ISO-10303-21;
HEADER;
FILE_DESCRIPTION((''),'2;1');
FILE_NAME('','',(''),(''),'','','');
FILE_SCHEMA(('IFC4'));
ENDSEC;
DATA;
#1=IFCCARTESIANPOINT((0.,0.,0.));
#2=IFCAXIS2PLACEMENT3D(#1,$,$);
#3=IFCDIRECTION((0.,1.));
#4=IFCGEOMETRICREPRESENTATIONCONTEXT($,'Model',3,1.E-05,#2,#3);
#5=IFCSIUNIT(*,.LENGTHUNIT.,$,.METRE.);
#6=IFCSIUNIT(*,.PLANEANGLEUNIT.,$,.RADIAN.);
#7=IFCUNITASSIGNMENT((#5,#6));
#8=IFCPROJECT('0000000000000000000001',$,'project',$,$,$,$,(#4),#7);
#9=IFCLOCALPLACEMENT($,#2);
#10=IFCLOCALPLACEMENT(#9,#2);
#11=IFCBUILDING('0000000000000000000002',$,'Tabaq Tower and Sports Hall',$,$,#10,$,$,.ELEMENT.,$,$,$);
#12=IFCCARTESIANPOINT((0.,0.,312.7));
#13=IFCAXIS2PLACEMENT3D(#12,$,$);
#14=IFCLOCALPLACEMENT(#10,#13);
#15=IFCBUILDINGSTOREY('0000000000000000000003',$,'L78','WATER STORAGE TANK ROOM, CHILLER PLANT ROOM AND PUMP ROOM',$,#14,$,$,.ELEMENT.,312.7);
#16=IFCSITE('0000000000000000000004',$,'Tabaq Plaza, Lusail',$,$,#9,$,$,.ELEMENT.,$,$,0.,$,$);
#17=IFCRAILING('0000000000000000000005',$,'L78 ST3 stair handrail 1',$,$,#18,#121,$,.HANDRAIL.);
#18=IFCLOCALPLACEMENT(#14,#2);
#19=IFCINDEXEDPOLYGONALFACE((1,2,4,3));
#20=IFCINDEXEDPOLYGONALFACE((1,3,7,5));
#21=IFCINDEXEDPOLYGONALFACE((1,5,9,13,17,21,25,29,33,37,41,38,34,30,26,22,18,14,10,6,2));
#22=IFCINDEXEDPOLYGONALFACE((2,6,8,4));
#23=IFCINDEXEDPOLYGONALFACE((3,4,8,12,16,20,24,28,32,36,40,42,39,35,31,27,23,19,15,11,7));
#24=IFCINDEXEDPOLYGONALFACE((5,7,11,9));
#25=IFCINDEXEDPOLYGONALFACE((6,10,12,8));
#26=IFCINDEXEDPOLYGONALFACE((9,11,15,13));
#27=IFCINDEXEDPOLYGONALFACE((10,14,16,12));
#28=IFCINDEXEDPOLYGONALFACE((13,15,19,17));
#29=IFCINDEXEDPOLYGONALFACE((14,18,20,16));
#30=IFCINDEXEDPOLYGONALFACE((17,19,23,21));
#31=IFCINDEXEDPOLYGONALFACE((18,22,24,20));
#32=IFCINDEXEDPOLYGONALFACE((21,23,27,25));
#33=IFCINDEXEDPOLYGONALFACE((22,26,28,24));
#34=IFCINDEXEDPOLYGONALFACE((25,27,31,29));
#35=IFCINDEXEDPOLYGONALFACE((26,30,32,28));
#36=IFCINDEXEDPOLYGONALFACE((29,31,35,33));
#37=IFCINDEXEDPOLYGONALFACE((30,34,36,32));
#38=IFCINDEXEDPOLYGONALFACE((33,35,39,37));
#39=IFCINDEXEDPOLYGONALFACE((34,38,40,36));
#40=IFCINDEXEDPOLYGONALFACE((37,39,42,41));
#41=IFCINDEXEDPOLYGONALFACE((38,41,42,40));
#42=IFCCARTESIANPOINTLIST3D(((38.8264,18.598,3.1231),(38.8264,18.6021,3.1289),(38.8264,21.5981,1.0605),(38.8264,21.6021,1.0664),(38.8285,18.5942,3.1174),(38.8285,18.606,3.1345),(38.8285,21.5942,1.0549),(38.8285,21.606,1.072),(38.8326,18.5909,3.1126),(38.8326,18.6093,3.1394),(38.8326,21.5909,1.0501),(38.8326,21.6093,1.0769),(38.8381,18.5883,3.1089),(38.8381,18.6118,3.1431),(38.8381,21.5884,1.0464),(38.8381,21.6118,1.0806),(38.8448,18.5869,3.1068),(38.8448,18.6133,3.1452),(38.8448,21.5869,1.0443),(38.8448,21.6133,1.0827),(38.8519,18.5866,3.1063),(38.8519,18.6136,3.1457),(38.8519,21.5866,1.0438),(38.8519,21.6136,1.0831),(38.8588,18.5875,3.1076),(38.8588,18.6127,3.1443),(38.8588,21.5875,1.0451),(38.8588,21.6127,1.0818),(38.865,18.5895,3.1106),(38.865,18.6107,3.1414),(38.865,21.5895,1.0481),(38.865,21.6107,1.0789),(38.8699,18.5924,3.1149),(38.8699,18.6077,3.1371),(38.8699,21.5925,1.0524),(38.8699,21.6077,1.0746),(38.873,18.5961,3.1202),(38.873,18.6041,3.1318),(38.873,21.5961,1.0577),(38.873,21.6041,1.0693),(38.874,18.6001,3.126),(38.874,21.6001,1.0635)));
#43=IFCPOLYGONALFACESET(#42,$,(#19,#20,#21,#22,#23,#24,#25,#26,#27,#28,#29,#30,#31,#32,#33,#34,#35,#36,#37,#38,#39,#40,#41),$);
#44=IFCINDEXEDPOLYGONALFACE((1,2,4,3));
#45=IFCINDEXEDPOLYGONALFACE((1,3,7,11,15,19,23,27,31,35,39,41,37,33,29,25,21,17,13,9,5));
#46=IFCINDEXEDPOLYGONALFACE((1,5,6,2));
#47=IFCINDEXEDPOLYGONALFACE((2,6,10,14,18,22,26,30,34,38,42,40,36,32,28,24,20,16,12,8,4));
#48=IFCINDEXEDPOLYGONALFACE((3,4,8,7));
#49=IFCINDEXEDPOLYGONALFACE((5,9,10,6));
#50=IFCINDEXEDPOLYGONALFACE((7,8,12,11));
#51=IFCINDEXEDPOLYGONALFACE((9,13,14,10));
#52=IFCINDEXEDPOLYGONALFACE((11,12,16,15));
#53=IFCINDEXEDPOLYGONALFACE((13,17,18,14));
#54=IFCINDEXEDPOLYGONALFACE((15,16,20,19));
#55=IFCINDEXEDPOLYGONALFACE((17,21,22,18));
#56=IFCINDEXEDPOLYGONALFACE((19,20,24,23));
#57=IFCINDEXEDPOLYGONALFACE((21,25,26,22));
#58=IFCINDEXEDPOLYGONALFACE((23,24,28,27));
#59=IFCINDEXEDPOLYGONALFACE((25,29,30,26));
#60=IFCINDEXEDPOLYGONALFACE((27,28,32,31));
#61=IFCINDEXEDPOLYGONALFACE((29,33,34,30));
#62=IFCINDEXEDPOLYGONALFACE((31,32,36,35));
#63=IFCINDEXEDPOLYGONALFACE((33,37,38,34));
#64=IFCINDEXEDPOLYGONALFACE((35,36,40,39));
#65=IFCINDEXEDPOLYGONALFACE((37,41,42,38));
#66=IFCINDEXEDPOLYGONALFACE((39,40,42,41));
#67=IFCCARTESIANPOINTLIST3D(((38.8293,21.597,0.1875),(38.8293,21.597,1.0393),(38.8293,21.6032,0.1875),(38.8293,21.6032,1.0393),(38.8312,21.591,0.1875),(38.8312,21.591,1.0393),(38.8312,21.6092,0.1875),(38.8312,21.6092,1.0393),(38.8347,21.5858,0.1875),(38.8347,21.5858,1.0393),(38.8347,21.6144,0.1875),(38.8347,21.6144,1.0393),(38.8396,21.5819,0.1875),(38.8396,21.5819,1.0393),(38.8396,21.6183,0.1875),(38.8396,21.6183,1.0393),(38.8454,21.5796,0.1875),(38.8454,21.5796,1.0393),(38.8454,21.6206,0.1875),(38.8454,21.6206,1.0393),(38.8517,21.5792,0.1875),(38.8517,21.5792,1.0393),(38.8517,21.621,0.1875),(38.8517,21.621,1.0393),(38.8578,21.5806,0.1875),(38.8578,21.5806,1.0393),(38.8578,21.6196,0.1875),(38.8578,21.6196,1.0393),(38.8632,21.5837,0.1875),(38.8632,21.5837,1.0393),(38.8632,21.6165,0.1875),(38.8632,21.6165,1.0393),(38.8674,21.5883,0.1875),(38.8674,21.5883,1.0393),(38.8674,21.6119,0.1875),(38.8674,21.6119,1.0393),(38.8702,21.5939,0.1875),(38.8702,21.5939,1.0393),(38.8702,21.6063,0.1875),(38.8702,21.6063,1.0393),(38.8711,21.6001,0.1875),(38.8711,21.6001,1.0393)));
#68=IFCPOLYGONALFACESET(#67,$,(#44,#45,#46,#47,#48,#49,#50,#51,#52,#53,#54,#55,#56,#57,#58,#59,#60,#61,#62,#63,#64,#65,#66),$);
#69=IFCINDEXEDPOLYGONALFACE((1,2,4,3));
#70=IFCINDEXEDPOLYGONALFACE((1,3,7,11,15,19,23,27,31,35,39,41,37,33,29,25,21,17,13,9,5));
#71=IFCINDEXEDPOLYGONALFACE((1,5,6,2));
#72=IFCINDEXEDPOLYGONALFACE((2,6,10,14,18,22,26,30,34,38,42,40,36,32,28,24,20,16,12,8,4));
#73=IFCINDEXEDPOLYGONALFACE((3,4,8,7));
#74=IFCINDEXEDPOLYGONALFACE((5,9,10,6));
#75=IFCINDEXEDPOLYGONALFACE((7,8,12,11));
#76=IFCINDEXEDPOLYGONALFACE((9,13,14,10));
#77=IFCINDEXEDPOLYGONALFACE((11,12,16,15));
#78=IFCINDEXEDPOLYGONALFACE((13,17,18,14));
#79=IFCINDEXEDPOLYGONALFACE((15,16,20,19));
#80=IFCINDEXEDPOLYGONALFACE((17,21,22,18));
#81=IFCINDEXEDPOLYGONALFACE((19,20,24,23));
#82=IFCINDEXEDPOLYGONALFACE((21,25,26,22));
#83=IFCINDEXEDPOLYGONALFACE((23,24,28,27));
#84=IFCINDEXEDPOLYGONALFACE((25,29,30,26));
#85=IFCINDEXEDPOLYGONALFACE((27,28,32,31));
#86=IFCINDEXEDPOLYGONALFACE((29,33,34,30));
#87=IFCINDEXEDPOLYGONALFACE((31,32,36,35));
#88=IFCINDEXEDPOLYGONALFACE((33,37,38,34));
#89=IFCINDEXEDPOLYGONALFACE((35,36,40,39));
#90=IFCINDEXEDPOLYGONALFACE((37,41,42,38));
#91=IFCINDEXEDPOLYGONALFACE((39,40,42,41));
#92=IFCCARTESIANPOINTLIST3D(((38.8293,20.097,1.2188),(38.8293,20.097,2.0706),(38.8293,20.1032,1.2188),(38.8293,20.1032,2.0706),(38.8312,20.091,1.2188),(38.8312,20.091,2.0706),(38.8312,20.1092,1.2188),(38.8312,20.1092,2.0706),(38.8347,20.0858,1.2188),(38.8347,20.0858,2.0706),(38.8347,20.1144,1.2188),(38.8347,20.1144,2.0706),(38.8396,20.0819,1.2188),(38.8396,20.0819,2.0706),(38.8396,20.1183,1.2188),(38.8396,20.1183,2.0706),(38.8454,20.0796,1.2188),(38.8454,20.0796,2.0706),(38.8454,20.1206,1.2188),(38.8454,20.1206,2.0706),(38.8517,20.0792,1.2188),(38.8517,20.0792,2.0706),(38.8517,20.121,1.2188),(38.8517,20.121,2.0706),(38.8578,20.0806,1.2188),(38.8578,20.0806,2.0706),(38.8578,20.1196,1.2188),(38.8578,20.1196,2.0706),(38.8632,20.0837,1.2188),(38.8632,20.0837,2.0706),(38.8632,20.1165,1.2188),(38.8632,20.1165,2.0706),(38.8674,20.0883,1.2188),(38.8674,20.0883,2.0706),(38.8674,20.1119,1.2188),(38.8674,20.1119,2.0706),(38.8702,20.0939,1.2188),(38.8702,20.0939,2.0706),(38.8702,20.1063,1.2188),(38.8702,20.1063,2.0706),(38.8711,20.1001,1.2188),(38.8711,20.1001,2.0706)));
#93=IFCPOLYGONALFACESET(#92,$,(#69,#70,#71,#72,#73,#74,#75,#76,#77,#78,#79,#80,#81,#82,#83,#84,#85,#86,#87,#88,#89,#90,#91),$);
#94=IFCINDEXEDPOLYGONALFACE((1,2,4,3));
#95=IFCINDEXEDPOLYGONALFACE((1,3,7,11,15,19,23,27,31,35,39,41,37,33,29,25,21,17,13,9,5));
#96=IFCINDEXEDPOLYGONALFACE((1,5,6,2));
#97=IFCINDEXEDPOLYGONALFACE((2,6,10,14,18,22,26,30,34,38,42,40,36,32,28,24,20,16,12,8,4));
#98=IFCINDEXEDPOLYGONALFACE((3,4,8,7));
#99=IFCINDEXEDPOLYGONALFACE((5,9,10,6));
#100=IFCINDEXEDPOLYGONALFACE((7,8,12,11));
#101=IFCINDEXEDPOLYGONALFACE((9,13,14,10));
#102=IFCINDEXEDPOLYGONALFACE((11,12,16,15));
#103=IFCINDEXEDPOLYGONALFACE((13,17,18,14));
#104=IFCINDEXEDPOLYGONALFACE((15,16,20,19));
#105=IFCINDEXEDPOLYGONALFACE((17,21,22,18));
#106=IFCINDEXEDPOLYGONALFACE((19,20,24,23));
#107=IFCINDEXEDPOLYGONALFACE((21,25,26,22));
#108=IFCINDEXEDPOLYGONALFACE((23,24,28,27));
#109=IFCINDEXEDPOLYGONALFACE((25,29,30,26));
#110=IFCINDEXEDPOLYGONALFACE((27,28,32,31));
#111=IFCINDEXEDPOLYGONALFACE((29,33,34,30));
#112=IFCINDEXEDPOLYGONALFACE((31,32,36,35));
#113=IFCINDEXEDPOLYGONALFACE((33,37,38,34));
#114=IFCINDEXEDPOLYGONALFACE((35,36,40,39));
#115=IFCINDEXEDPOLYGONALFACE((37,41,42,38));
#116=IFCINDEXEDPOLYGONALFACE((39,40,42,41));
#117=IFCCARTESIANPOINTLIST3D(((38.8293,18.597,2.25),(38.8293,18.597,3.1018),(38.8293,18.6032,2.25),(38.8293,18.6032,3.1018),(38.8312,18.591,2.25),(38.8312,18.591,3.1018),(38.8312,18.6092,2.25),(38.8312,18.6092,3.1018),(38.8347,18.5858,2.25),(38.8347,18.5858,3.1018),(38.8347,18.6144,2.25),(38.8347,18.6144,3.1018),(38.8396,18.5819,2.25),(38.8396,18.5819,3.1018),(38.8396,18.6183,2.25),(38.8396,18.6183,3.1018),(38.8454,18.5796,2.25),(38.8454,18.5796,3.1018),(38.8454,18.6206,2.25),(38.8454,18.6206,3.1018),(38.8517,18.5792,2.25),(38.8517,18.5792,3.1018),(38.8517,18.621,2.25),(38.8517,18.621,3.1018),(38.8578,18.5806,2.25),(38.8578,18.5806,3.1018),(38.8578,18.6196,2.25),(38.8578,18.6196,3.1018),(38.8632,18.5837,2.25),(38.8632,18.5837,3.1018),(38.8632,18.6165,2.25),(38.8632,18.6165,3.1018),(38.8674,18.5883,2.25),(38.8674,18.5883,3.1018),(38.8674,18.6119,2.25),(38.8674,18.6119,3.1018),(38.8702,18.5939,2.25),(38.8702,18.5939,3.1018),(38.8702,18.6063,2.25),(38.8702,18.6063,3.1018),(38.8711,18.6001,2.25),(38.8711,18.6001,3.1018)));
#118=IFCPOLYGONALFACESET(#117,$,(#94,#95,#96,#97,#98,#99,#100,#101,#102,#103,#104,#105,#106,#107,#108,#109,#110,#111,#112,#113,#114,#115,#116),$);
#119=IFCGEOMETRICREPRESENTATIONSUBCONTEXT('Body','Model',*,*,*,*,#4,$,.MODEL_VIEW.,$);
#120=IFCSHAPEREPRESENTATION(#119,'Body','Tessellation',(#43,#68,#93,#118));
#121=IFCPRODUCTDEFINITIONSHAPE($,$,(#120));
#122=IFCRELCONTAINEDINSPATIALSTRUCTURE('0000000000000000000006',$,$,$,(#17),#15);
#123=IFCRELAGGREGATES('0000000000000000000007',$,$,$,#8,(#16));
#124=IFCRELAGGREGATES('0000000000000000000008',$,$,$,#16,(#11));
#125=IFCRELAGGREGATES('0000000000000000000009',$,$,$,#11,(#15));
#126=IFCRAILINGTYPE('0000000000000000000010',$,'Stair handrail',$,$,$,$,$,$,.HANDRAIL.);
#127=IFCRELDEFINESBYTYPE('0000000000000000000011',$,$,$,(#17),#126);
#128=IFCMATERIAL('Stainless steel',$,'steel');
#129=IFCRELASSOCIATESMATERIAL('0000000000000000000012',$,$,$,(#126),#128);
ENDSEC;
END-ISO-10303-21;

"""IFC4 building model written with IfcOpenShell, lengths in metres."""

from ifc_helpers import new_model, si_unit, direction, frame, origin, origin_2d, place, context, subcontext, project, spatial, circle, extrude, material, type_object, element, save


model = new_model("IFC4")

# Units and contexts
model_context = context("Model", 3, precision=1e-05, world=origin(), true_north=direction((0.0, 1.0)))
body_context = subcontext(model_context, "Body", "Model", "MODEL_VIEW")
ifc_project = project(units=[si_unit("LENGTHUNIT", "METRE"), si_unit("PLANEANGLEUNIT", "RADIAN")], contexts=[model_context])

# Site, building, storey
site_placement = place(None, origin())
site = spatial("IfcSite", under=ifc_project, at=site_placement, Name="Tabaq Plaza, Lusail", CompositionType="ELEMENT", RefElevation=0.0)
building_placement = place(site_placement, origin())
building = spatial("IfcBuilding", under=site, at=building_placement, Name="Tabaq Tower and Sports Hall", CompositionType="ELEMENT")
storey_placement = place(building_placement, frame((0.0, 0.0, 312.7)))
storey = spatial("IfcBuildingStorey", under=building, at=storey_placement, Name="L78", Description="WATER STORAGE TANK ROOM, CHILLER PLANT ROOM AND PUMP ROOM", CompositionType="ELEMENT", Elevation=312.7)

# Railing
ifc_material_1 = material(Name="Stainless steel", Category="steel")
railing_type_1 = type_object("IfcRailingType", Name="Stair handrail", PredefinedType="HANDRAIL", material=ifc_material_1)
railing_1_placement = place(storey_placement, frame((38.8501, 21.6001, 0.1875)))
element("IfcRailing", 1, at=railing_1_placement, inside=storey, type_object=railing_type_1, Name="L78 ST3 stair handrail 1", PredefinedType="HANDRAIL", context=body_context, shape_type="SweptSolid", body=[
    extrude(circle(Radius=0.0239, at=origin_2d()), frame((0.0, 0.0, 0.876), z_axis=(0.0, -0.824042, 0.566529), x_axis=(1.0, 0.0, 0.0)), (0.0, 0.0, 1.0), 3.6406),
    extrude(circle(Radius=0.021, at=origin_2d()), origin(), (0.0, 0.0, 1.0), 0.8518),
    extrude(circle(Radius=0.021, at=origin_2d()), frame((0.0, -1.5, 1.0312)), (0.0, 0.0, 1.0), 0.8518),
    extrude(circle(Radius=0.021, at=origin_2d()), frame((0.0, -3.0, 2.0625)), (0.0, 0.0, 1.0), 0.8518),
])

save(model, "model.ifc")
